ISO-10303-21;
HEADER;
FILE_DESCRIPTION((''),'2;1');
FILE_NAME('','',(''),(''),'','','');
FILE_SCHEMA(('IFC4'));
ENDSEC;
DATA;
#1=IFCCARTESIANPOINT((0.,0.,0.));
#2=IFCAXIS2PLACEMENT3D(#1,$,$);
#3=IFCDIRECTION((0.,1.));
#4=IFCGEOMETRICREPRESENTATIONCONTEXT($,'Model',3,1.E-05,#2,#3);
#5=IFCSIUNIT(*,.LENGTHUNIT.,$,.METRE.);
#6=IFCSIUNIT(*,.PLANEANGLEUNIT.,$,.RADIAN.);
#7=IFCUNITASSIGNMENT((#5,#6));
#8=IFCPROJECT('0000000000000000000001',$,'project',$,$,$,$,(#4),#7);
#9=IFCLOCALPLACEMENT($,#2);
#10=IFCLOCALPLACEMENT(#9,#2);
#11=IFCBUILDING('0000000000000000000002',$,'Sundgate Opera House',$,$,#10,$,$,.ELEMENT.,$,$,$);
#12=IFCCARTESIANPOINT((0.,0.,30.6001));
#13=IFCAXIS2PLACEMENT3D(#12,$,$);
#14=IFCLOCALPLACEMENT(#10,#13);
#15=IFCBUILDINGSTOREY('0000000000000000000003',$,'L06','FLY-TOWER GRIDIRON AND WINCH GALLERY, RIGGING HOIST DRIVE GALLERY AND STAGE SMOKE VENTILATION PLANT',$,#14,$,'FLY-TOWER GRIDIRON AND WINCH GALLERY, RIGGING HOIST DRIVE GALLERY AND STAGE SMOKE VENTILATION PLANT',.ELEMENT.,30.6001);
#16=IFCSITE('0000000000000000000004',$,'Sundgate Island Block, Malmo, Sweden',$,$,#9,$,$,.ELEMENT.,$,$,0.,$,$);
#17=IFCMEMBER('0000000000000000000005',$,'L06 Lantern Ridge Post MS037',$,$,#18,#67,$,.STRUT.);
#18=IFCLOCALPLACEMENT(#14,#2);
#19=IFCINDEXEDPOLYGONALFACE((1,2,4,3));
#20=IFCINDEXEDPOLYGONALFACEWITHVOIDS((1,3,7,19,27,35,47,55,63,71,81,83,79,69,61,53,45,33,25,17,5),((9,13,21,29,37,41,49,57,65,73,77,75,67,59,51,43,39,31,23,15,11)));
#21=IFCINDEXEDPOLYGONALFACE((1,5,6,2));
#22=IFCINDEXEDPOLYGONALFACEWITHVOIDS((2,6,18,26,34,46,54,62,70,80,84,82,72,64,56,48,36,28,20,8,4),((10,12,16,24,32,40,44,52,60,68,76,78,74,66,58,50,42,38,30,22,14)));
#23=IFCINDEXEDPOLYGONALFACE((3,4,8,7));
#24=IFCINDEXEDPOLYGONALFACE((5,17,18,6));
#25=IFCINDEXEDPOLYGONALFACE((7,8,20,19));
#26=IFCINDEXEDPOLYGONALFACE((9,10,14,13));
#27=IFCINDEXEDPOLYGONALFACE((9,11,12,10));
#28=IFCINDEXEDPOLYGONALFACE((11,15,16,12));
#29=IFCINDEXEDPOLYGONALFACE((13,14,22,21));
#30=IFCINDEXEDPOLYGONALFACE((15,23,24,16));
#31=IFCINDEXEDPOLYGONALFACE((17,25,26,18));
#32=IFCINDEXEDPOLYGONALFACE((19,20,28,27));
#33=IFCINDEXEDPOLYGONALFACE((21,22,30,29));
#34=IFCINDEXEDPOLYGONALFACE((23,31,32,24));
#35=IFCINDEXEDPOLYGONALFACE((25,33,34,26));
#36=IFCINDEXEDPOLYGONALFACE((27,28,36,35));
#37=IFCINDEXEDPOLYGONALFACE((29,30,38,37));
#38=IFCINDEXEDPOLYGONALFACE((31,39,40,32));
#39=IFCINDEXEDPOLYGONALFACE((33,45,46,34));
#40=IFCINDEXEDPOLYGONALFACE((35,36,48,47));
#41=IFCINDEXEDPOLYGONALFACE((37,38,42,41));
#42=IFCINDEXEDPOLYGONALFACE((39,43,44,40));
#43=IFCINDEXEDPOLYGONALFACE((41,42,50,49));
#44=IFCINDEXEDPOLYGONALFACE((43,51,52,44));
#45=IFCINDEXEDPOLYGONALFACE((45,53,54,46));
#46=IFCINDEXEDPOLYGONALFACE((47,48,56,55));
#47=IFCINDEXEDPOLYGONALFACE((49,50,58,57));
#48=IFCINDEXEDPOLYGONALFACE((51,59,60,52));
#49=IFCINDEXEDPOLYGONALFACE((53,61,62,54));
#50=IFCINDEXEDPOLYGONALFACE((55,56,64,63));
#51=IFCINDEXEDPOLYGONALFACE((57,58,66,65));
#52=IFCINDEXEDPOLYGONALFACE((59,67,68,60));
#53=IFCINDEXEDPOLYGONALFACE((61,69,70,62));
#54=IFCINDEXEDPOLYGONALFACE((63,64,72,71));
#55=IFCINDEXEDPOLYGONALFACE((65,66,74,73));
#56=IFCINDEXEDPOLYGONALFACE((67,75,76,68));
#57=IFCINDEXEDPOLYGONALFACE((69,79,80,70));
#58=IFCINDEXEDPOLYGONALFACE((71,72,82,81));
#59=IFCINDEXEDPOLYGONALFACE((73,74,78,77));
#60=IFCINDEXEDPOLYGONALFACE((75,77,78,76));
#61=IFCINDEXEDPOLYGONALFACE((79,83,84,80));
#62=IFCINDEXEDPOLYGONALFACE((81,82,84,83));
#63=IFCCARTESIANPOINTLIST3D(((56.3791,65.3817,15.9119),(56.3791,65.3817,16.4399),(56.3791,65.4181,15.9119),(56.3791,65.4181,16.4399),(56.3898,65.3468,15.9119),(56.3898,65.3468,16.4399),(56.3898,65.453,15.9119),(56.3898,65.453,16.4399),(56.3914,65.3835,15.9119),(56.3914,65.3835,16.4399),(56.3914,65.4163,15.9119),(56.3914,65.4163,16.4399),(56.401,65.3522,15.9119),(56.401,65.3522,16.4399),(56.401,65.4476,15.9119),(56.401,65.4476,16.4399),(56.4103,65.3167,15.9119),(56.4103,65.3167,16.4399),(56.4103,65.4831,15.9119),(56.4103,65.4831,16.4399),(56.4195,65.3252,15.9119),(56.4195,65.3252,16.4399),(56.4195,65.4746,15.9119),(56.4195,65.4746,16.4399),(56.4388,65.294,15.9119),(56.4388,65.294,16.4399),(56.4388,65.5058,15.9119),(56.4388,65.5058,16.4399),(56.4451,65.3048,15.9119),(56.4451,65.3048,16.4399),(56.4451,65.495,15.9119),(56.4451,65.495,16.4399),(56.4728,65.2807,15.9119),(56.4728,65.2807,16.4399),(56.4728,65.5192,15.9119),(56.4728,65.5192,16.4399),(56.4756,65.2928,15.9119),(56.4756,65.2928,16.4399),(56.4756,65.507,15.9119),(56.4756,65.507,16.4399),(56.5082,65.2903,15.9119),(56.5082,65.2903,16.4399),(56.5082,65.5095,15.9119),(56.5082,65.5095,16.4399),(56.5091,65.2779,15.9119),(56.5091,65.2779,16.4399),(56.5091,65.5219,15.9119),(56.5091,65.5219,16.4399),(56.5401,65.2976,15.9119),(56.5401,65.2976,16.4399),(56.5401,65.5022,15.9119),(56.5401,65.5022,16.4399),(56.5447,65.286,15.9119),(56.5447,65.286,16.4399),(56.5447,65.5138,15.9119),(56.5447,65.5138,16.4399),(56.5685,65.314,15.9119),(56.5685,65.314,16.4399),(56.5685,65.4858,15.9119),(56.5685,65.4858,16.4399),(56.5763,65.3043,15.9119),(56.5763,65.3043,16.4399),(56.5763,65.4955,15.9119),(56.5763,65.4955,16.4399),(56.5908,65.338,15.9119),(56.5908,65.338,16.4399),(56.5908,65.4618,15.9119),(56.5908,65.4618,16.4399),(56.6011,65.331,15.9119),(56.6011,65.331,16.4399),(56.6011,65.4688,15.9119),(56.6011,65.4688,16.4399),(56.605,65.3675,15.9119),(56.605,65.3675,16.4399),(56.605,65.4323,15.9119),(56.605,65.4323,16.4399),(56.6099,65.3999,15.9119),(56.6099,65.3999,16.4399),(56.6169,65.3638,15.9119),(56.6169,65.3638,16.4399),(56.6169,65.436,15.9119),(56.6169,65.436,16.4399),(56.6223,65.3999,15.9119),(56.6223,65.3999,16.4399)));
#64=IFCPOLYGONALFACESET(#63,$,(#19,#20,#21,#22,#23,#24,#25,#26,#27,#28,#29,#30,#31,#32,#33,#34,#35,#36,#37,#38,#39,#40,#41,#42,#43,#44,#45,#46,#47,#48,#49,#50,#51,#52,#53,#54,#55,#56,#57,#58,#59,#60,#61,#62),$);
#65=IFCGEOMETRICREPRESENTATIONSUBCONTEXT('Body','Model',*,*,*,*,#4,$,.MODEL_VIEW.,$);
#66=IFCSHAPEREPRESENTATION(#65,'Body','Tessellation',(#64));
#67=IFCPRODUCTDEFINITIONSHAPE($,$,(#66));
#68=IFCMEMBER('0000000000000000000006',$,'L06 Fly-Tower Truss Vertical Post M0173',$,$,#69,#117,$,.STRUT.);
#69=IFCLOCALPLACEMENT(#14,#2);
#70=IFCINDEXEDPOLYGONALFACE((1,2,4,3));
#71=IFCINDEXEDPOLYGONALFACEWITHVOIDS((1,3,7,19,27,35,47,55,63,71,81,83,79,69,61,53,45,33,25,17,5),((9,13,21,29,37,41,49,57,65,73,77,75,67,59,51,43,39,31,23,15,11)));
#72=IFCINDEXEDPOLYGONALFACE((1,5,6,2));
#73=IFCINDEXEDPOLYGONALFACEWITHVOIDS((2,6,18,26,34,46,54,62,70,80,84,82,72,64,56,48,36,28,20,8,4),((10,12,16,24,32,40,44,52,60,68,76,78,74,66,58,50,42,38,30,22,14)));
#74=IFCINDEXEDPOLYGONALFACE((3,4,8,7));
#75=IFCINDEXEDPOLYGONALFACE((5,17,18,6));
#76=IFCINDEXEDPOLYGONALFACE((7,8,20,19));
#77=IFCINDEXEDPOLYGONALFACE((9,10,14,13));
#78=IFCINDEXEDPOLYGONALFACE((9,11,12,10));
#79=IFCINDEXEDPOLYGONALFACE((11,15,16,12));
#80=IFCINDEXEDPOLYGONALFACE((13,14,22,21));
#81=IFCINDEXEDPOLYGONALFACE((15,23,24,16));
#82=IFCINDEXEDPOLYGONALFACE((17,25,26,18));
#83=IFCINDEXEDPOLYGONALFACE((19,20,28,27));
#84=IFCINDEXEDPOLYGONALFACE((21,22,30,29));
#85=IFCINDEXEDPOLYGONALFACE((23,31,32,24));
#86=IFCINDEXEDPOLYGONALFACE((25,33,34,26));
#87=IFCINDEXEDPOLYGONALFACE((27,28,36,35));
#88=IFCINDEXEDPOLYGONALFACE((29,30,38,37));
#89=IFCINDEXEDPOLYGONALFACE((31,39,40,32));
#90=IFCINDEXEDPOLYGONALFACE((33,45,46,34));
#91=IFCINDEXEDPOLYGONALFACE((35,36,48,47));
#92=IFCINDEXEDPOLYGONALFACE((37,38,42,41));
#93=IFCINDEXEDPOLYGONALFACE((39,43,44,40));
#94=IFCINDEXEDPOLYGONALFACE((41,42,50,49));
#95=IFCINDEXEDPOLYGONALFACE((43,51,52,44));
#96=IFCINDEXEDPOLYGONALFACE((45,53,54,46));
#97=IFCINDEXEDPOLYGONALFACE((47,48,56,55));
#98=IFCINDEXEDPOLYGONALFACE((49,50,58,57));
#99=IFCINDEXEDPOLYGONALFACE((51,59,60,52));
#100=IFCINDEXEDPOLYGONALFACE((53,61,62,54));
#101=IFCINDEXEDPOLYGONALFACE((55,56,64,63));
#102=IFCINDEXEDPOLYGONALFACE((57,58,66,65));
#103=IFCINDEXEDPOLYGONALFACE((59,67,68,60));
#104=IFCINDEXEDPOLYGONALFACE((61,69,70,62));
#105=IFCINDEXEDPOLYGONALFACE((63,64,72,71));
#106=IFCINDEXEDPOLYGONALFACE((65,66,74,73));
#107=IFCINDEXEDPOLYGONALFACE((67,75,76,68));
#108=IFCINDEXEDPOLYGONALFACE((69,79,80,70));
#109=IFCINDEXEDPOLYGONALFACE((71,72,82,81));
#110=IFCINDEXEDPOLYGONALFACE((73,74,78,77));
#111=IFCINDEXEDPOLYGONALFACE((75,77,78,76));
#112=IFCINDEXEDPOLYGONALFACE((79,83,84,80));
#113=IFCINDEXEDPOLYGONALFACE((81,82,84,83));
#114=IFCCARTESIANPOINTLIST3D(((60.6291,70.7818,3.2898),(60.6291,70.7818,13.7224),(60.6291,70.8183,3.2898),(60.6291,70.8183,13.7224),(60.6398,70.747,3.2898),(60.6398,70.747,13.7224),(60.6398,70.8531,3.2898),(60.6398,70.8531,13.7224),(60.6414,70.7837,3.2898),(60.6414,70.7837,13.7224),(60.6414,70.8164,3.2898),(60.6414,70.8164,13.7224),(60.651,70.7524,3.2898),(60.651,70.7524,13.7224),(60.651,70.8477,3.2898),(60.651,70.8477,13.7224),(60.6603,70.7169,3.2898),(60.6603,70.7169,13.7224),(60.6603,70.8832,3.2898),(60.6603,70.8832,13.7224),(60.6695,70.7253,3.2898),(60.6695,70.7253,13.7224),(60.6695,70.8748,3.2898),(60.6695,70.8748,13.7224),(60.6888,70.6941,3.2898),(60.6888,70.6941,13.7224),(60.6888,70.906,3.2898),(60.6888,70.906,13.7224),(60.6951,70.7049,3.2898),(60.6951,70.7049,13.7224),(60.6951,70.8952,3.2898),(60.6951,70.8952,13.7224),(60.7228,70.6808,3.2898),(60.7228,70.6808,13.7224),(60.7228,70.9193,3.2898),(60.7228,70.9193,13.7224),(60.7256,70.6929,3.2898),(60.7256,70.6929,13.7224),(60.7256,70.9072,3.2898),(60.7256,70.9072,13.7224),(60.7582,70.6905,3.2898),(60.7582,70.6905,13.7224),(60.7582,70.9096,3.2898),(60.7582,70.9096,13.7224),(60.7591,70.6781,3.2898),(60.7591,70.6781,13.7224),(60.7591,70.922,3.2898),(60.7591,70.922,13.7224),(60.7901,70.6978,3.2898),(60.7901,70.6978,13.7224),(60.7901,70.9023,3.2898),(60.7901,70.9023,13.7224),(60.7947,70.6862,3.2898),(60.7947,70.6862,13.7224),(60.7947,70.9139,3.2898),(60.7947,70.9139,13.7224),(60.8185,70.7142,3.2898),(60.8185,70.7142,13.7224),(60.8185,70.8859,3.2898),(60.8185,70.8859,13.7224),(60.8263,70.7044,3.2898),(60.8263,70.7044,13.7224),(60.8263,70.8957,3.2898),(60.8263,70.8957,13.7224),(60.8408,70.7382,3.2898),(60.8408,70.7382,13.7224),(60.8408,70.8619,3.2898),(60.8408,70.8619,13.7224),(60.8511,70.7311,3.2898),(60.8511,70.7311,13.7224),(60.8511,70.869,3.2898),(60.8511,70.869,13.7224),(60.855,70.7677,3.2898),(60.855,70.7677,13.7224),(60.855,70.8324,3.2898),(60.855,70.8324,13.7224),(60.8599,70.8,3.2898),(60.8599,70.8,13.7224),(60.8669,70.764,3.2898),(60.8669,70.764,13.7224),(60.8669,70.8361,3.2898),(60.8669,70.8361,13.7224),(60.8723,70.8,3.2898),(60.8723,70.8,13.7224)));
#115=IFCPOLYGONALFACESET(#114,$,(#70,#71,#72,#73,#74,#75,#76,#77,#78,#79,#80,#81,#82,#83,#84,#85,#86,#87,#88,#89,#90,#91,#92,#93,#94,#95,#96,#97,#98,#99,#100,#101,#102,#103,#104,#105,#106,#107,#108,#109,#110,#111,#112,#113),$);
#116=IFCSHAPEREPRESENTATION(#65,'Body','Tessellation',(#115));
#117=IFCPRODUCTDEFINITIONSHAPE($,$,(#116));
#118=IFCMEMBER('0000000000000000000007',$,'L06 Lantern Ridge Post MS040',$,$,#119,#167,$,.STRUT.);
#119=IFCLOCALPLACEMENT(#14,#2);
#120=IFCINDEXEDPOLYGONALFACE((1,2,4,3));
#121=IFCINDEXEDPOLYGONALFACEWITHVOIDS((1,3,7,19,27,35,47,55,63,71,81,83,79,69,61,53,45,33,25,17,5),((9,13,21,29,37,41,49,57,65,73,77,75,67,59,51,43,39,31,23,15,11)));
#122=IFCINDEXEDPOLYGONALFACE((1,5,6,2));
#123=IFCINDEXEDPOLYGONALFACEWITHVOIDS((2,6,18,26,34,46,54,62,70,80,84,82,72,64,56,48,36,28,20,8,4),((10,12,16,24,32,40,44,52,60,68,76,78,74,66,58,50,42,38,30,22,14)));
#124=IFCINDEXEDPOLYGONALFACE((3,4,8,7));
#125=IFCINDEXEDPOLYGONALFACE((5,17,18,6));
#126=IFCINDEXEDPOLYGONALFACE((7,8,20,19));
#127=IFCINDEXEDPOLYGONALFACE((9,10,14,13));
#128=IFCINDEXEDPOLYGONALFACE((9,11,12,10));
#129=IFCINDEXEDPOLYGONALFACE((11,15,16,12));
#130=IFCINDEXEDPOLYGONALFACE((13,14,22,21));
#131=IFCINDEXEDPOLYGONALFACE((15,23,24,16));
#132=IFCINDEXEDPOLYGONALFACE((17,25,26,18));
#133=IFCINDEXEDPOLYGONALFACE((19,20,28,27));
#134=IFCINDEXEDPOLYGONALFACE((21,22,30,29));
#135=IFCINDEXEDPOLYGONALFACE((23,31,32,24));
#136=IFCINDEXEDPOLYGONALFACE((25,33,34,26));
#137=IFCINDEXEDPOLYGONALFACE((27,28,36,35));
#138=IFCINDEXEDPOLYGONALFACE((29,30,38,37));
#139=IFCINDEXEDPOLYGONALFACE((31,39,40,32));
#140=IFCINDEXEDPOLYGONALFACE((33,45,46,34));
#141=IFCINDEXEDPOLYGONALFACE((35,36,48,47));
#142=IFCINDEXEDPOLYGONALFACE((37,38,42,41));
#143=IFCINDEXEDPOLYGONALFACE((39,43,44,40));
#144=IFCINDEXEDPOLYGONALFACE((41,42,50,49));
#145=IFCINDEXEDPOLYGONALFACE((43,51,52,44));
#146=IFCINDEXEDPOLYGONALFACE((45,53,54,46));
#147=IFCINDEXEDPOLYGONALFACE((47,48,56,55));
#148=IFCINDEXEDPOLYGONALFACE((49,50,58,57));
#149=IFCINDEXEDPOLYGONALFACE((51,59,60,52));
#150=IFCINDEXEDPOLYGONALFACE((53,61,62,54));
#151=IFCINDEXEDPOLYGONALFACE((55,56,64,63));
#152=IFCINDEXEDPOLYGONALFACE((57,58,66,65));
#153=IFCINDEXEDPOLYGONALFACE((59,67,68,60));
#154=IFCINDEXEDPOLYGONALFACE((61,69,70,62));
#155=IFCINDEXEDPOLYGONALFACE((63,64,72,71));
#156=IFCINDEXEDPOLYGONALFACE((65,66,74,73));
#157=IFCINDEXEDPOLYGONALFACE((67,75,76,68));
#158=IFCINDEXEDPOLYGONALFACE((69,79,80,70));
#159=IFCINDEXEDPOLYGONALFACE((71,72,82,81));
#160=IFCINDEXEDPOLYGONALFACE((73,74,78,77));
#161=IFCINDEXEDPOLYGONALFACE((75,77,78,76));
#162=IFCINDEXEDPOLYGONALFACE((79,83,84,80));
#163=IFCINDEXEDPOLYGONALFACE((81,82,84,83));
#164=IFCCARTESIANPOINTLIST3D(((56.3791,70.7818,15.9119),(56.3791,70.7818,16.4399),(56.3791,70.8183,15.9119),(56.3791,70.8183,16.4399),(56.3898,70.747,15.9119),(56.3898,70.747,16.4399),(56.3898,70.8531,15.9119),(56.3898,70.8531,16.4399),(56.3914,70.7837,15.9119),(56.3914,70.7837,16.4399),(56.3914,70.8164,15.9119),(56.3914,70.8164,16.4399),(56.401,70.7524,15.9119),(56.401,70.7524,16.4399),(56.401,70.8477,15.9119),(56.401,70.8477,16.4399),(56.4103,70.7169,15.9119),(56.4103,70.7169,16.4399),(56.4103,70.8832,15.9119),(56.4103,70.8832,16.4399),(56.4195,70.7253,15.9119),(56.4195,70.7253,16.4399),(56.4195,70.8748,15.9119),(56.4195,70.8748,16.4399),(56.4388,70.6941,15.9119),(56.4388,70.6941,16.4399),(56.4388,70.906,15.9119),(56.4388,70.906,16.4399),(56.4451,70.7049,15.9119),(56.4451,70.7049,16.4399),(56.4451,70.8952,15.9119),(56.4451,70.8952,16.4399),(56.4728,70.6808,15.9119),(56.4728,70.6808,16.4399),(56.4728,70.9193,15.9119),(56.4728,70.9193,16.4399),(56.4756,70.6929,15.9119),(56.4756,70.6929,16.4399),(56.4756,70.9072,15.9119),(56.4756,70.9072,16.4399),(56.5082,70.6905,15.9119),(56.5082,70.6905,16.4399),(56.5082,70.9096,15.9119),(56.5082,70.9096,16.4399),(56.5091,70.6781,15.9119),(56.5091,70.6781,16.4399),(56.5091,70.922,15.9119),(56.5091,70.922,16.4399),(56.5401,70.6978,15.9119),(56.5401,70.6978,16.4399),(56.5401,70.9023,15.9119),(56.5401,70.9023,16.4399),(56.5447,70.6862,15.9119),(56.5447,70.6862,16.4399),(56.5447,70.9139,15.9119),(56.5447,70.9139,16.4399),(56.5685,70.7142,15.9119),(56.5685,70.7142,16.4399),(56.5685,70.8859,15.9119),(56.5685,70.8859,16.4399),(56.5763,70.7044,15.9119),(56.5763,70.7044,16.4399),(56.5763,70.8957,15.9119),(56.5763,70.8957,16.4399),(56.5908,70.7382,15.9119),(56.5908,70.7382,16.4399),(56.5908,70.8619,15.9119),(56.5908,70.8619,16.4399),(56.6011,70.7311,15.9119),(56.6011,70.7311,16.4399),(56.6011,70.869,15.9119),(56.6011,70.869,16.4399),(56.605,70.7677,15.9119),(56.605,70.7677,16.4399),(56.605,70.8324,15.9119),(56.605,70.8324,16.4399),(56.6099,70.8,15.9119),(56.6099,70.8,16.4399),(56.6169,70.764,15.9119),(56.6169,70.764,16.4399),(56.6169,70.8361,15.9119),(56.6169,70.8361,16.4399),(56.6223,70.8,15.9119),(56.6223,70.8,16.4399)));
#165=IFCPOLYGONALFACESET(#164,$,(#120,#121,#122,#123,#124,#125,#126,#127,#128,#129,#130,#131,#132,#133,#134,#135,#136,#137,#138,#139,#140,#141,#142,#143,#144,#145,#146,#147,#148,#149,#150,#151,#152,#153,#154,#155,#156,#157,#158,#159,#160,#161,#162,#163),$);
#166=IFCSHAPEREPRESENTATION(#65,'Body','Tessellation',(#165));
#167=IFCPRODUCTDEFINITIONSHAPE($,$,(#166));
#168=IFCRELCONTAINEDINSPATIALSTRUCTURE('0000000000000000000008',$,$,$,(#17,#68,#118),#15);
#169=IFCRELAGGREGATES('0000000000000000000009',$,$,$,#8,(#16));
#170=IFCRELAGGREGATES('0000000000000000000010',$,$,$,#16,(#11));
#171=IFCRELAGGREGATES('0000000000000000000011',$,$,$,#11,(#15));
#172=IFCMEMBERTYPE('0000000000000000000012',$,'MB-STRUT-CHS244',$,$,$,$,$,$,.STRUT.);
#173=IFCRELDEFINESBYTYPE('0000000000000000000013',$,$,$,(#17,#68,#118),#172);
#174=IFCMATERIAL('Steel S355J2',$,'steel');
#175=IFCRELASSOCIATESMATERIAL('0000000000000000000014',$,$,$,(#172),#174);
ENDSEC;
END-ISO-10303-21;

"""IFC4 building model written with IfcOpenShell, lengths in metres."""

from ifc_helpers import new_model, si_unit, direction, frame, origin, origin_2d, place, context, subcontext, project, spatial, hollow_circle, extrude, material, material_profile, profile_set, type_object, element, save


model = new_model("IFC4")

# Units and contexts
model_context = context("Model", 3, precision=1e-05, world=origin(), true_north=direction((0.0, 1.0)))
body_context = subcontext(model_context, "Body", "Model", "MODEL_VIEW")
ifc_project = project(units=[si_unit("LENGTHUNIT", "METRE"), si_unit("PLANEANGLEUNIT", "RADIAN")], contexts=[model_context])

# Site, building, storey
site_placement = place(None, origin())
site = spatial("IfcSite", under=ifc_project, at=site_placement, Name="Sundgate Island Block, Malmo, Sweden", CompositionType="ELEMENT", RefElevation=0.0)
building_placement = place(site_placement, origin())
building = spatial("IfcBuilding", under=site, at=building_placement, Name="Sundgate Opera House", CompositionType="ELEMENT")
storey_placement = place(building_placement, frame((0.0, 0.0, 30.6001)))
storey = spatial("IfcBuildingStorey", under=building, at=storey_placement, Name="L06", Description="FLY-TOWER GRIDIRON AND WINCH GALLERY, RIGGING HOIST DRIVE GALLERY AND STAGE SMOKE VENTILATION PLANT", LongName="FLY-TOWER GRIDIRON AND WINCH GALLERY, RIGGING HOIST DRIVE GALLERY AND STAGE SMOKE VENTILATION PLANT", CompositionType="ELEMENT", Elevation=30.6001)

# Members
ifc_material_1 = material(Name="Steel S355J2", Category="steel")
ifc_material_profile_1 = material_profile(ifc_material_1, hollow_circle(Radius=0.1223, WallThickness=0.0125, at=origin_2d()), Name="CHS 244.5x12.5")
ifc_profile_set_1 = profile_set([ifc_material_profile_1], Name="Steel S355J2")
member_type_1 = type_object("IfcMemberType", Name="MB-STRUT-CHS244", PredefinedType="STRUT", material=ifc_profile_set_1)
member_1_placement = place(storey_placement, frame((56.5, 65.3999, 15.9119), z_axis=(0.0, 0.0, 1.0), x_axis=(1.0, 0.0, 0.0)))
element("IfcMember", 1, at=member_1_placement, inside=storey, type_object=member_type_1, Name="L06 Lantern Ridge Post MS037", PredefinedType="STRUT", context=body_context, shape_type="SweptSolid", body=[
    extrude(hollow_circle(Radius=0.1223, WallThickness=0.0125, at=origin_2d()), origin(), (0.0, 0.0, 1.0), 0.5281),
])
member_2_placement = place(storey_placement, frame((60.75, 70.8, 3.2898), z_axis=(0.0, 0.0, 1.0), x_axis=(1.0, 0.0, 0.0)))
element("IfcMember", 2, at=member_2_placement, inside=storey, type_object=member_type_1, Name="L06 Fly-Tower Truss Vertical Post M0173", PredefinedType="STRUT", context=body_context, shape_type="SweptSolid", body=[
    extrude(hollow_circle(Radius=0.1223, WallThickness=0.0125, at=origin_2d()), origin(), (0.0, 0.0, 1.0), 10.4326),
])
for number, where, z_axis, x_axis, name in (
    (3, (56.5, 70.8, 15.9119), (0.0, 0.0, 1.0), (1.0, 0.0, 0.0), "L06 Lantern Ridge Post MS040"),
):
    element("IfcMember", number, at=place(storey_placement, frame(where, z_axis=z_axis, x_axis=x_axis)), inside=storey, type_object=member_type_1, Name=name, PredefinedType="STRUT", context=body_context, shape_type="SweptSolid", body=[
        extrude(hollow_circle(Radius=0.1223, WallThickness=0.0125, at=origin_2d()), origin(), (0.0, 0.0, 1.0), 0.5281),
    ])

save(model, "model.ifc")
